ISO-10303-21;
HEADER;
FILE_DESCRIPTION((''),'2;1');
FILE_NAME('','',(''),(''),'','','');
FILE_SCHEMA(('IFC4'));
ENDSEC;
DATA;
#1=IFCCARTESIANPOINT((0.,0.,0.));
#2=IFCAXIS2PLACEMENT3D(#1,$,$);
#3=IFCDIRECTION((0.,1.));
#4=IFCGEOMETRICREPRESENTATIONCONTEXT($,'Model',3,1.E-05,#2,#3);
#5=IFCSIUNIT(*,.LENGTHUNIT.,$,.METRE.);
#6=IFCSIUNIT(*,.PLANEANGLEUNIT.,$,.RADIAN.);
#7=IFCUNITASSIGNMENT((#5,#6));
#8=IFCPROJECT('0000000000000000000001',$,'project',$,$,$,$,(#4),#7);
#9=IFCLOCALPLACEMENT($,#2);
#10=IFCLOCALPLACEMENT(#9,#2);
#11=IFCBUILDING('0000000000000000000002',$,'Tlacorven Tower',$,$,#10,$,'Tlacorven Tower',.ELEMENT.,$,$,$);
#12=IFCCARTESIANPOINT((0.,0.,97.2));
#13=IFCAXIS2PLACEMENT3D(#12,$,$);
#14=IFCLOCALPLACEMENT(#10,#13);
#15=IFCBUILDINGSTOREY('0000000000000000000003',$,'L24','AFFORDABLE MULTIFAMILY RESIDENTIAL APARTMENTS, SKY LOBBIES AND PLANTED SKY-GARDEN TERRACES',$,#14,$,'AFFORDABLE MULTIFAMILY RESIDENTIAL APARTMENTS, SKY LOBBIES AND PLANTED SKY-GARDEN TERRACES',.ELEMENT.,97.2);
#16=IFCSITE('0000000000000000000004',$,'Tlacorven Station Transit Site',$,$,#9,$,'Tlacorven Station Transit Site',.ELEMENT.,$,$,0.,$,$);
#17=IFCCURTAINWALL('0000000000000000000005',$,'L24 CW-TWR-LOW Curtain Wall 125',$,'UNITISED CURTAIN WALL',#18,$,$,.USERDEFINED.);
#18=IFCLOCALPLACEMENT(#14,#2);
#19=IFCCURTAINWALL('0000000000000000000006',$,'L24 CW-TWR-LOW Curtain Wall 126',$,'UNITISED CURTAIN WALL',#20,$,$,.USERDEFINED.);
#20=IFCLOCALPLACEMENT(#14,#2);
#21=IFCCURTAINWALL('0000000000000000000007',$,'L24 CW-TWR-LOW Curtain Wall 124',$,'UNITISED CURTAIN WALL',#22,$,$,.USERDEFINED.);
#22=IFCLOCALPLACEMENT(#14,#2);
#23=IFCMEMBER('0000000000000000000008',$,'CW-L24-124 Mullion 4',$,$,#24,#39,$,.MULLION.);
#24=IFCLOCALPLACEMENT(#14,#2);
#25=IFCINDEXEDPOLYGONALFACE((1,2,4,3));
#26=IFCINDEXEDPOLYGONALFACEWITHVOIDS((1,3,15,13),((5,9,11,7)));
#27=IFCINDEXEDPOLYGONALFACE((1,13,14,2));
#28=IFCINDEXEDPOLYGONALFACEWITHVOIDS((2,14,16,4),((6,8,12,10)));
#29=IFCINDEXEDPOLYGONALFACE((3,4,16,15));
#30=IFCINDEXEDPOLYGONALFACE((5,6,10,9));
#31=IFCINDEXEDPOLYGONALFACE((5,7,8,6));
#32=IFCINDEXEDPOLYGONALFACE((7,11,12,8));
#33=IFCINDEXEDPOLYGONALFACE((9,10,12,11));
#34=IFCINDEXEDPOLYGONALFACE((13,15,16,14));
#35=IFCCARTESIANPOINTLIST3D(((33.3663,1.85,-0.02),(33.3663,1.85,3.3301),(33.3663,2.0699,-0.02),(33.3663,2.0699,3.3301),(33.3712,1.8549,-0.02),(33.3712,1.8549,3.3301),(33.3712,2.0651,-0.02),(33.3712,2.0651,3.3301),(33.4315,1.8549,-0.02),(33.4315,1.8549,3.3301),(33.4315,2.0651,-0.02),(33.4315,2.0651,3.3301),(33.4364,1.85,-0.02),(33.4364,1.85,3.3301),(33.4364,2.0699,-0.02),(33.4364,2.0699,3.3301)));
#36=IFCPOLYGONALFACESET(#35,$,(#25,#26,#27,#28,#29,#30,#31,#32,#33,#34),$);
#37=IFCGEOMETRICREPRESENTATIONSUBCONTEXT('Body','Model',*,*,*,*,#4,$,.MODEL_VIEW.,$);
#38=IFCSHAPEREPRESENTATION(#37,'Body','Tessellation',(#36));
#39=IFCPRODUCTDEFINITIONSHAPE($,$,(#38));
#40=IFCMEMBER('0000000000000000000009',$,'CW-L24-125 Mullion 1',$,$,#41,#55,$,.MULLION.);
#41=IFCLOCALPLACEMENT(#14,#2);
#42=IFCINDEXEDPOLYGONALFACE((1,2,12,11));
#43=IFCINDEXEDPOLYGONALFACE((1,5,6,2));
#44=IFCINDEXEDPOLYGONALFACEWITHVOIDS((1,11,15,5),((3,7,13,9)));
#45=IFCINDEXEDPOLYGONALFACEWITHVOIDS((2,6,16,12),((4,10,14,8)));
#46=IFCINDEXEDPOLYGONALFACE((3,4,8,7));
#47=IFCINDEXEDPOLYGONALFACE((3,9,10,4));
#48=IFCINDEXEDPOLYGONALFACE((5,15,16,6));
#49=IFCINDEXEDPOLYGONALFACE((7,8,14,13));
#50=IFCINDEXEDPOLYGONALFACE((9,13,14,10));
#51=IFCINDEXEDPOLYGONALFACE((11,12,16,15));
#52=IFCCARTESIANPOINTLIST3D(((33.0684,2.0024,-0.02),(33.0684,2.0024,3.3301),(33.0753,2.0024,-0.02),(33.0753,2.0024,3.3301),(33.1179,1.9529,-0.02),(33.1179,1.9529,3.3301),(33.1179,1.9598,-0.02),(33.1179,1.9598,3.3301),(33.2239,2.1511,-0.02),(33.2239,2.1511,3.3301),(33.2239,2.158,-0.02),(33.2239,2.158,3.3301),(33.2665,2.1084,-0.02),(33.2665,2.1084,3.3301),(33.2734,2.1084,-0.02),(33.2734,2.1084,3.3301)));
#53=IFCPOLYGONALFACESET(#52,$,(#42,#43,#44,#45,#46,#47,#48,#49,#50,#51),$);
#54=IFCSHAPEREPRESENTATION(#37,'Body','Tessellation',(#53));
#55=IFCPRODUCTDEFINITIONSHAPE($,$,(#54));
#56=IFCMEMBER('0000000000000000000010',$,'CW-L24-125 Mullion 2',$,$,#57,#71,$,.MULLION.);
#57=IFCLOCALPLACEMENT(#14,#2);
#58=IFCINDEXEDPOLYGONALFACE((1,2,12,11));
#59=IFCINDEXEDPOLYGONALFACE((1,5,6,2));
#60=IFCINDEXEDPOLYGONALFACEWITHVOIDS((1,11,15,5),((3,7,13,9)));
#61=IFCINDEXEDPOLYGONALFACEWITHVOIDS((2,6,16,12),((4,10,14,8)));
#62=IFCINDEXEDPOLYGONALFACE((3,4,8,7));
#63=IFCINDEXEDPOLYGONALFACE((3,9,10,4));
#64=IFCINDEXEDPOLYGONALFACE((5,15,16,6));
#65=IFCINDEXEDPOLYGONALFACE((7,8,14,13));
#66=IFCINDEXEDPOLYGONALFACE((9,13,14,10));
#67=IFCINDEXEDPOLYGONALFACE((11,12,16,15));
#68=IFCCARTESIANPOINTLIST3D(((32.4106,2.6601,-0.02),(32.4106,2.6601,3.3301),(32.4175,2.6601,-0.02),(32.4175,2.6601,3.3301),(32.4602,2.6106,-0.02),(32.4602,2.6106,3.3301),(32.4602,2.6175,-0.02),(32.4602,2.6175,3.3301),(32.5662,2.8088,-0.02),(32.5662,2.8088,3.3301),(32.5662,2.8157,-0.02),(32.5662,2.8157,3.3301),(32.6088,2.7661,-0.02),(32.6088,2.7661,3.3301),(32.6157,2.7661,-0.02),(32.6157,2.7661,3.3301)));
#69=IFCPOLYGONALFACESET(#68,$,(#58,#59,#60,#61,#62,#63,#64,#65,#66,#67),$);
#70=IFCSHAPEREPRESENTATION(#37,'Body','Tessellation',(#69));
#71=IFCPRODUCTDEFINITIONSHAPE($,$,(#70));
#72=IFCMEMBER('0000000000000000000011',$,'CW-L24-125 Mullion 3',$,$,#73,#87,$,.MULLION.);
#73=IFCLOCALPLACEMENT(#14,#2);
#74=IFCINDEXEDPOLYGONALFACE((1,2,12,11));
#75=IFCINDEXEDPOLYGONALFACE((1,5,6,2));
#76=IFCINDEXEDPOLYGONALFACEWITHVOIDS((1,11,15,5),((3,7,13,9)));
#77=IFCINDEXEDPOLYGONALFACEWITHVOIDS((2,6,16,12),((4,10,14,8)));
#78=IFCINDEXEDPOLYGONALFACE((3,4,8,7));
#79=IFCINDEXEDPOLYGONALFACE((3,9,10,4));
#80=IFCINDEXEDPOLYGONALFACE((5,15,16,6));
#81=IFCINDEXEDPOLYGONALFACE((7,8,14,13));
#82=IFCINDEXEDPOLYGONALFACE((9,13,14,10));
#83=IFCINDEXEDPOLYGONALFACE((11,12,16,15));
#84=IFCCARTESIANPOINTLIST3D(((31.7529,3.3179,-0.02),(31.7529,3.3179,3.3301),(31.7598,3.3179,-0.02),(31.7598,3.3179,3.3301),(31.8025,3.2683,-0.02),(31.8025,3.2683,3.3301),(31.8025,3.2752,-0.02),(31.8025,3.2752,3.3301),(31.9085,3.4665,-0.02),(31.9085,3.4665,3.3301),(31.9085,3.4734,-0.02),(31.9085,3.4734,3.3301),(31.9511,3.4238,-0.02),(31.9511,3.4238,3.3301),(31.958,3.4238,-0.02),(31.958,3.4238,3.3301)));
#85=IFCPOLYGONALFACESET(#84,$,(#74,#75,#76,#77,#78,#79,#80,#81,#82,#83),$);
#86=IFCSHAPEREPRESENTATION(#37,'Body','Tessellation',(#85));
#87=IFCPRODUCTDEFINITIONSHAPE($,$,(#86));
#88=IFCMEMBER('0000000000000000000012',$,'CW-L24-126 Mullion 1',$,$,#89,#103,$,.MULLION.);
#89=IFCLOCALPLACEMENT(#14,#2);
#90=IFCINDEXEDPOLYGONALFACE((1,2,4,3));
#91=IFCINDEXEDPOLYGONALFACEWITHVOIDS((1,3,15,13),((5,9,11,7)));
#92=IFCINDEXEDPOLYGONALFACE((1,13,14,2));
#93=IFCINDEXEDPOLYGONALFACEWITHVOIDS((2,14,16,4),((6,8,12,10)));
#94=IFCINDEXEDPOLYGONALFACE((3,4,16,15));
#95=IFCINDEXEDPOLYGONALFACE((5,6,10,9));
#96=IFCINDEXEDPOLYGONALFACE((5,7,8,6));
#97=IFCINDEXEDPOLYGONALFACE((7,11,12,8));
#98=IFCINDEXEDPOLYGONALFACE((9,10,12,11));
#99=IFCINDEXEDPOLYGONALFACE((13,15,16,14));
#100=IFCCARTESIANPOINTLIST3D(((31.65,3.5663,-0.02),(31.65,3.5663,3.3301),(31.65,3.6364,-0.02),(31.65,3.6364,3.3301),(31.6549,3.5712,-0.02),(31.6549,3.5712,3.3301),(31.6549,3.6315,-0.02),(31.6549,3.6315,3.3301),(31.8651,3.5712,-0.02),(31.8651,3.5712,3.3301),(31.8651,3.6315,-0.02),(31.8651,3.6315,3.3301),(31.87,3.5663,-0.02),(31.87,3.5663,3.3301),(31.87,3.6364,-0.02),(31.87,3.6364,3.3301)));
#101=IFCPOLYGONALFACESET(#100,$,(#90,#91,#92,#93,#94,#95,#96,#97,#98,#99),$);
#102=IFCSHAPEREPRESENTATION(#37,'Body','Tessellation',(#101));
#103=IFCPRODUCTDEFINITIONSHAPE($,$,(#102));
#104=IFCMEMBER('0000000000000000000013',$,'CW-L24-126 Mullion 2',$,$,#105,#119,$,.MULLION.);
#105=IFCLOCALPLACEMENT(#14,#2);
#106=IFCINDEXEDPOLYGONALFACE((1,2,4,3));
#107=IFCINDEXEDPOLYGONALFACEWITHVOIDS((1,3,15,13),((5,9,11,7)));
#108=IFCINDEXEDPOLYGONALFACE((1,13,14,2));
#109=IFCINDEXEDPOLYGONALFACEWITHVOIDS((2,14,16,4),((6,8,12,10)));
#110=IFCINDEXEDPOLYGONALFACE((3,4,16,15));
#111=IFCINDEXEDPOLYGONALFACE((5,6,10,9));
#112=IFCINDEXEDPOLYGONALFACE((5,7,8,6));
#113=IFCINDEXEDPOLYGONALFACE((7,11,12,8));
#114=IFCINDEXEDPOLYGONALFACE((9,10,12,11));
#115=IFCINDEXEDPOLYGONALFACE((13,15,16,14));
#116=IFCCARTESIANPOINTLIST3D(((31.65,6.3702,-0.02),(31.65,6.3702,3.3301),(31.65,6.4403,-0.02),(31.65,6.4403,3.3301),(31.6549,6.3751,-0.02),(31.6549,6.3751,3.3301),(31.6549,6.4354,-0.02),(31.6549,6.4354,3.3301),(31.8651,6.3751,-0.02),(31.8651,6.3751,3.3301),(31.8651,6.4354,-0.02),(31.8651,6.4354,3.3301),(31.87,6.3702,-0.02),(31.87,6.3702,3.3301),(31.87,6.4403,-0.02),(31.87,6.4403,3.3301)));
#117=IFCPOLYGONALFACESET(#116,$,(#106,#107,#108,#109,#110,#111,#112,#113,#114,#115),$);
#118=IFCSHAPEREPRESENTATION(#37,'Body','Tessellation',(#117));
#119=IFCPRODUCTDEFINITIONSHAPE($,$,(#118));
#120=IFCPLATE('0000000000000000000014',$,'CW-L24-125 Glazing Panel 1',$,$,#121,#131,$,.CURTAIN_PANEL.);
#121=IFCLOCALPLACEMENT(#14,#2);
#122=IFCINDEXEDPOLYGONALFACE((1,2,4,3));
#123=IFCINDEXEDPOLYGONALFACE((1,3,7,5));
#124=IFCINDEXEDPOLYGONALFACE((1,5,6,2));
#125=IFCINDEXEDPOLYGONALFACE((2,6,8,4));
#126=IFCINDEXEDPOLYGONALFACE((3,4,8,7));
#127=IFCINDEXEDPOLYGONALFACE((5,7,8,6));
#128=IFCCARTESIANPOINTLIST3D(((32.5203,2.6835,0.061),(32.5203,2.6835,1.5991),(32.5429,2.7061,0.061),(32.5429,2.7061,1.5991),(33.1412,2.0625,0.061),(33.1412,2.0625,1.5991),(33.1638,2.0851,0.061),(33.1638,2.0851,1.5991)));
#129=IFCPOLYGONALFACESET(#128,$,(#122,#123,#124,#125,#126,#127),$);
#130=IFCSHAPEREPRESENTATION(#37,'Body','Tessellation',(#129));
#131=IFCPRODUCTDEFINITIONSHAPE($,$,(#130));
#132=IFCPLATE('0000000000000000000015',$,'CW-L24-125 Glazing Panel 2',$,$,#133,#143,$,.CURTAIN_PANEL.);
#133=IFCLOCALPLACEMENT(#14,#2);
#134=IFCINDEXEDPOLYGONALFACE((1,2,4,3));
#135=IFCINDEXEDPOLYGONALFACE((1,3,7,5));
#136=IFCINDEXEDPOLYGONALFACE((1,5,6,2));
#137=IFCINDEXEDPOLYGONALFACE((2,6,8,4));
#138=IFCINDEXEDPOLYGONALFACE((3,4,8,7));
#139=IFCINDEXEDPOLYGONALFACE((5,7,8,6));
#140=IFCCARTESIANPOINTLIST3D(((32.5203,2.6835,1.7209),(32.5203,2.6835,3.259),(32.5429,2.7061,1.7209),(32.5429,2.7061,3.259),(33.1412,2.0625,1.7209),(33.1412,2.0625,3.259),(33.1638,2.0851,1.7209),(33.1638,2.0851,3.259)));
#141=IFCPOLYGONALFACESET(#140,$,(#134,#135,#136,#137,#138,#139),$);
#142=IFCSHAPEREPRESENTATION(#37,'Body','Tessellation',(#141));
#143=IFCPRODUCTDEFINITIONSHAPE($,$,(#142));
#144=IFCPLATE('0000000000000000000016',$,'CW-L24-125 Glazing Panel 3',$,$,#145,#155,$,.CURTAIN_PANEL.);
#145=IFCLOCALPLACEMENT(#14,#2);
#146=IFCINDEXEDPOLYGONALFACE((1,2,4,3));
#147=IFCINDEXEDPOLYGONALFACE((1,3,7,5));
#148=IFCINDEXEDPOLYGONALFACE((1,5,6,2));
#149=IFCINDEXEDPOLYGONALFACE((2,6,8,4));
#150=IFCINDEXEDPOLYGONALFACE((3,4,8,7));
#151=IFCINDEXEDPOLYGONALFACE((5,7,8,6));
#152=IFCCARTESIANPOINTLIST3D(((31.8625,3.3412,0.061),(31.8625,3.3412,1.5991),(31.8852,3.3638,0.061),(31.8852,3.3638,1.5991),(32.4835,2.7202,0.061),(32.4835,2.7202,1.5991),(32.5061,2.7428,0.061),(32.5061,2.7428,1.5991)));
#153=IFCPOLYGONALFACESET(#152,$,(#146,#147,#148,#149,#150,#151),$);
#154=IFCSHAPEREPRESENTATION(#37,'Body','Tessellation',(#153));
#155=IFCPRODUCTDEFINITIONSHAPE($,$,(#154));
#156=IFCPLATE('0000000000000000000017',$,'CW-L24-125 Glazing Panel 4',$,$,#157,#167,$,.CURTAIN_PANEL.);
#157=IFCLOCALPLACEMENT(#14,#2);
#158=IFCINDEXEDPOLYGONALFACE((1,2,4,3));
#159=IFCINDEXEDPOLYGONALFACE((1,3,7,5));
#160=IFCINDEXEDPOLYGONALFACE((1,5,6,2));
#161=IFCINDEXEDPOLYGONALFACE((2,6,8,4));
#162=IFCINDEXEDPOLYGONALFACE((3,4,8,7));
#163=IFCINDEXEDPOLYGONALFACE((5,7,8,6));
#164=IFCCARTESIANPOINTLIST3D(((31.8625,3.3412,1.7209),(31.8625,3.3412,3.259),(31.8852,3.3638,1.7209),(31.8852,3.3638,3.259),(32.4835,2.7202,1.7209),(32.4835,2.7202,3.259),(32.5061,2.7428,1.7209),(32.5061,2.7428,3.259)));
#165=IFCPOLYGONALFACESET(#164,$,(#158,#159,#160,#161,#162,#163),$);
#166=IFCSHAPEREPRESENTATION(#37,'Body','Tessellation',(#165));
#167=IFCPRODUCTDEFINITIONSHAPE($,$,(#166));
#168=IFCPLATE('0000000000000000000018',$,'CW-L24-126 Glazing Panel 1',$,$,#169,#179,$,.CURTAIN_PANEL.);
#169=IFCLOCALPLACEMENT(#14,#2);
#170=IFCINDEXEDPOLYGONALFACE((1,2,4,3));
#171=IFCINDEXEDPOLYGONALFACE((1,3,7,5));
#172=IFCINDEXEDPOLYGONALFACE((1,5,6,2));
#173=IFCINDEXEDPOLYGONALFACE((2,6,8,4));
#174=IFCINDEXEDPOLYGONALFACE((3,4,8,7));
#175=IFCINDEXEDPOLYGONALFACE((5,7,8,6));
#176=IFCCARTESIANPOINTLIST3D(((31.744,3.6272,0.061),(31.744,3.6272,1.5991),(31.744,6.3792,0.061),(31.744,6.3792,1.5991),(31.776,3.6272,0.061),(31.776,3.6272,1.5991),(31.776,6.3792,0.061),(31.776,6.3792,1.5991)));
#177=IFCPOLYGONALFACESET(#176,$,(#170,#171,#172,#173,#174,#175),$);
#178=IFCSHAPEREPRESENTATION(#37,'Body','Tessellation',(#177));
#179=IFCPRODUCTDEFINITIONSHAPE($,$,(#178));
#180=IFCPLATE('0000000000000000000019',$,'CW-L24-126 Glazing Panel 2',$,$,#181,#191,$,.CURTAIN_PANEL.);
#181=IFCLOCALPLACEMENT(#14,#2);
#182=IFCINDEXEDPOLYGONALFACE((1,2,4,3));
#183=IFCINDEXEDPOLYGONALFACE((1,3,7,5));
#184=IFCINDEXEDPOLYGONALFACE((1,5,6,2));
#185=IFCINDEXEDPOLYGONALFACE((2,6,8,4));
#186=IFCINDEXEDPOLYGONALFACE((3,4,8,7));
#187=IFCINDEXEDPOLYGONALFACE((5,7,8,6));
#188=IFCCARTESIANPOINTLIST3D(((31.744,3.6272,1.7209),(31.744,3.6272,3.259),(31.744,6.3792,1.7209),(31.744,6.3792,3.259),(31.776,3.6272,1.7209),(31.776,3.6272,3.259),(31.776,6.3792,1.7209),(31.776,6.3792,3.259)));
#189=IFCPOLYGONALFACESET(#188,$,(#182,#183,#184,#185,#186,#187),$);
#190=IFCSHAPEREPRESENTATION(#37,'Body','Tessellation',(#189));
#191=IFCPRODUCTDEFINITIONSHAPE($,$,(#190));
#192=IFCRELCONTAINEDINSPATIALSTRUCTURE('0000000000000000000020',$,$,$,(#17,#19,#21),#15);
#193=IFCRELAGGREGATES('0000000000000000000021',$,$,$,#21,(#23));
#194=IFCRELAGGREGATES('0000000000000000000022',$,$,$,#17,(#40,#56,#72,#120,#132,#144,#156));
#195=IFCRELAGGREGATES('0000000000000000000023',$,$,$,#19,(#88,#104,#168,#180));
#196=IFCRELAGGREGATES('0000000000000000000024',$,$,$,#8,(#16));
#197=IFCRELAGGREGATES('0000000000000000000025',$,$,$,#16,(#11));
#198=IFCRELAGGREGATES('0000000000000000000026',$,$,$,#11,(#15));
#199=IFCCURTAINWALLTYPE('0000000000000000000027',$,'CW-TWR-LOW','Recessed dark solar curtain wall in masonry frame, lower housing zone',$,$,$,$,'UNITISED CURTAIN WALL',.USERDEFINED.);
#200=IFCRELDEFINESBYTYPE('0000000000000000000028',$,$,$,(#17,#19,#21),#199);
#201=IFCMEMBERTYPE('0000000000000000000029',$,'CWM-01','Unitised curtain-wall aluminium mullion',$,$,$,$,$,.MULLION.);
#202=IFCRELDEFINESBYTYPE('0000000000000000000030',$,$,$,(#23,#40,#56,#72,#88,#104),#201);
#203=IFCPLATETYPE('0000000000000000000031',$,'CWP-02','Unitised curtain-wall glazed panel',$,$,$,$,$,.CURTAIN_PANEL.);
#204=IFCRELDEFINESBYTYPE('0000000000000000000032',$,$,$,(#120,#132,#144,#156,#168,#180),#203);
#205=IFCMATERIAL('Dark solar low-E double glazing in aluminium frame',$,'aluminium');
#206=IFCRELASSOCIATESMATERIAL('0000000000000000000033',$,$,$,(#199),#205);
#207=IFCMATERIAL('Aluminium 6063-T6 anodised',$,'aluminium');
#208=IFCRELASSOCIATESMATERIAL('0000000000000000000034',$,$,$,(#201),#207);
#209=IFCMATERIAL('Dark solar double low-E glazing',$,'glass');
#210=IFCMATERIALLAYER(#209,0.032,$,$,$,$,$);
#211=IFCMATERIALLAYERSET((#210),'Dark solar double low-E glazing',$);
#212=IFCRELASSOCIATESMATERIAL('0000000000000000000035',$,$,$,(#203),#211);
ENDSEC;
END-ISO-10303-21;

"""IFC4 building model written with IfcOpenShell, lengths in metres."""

from ifc_helpers import new_model, si_unit, direction, frame, origin, origin_2d, place, context, subcontext, project, spatial, rectangle, hollow_rectangle, extrude, source, transform, mapped, material, layer, layer_set, material_profile, profile_set, type_object, element, aggregate, save


model = new_model("IFC4")

# Units and contexts
model_context = context("Model", 3, precision=1e-05, world=origin(), true_north=direction((0.0, 1.0)))
body_context = subcontext(model_context, "Body", "Model", "MODEL_VIEW")
ifc_project = project(units=[si_unit("LENGTHUNIT", "METRE"), si_unit("PLANEANGLEUNIT", "RADIAN")], contexts=[model_context])

# Site, building, storey
site_placement = place(None, origin())
site = spatial("IfcSite", under=ifc_project, at=site_placement, Name="Tlacorven Station Transit Site", LongName="Tlacorven Station Transit Site", CompositionType="ELEMENT", RefElevation=0.0)
building_placement = place(site_placement, origin())
building = spatial("IfcBuilding", under=site, at=building_placement, Name="Tlacorven Tower", LongName="Tlacorven Tower", CompositionType="ELEMENT")
storey_placement = place(building_placement, frame((0.0, 0.0, 97.2)))
storey = spatial("IfcBuildingStorey", under=building, at=storey_placement, Name="L24", Description="AFFORDABLE MULTIFAMILY RESIDENTIAL APARTMENTS, SKY LOBBIES AND PLANTED SKY-GARDEN TERRACES", LongName="AFFORDABLE MULTIFAMILY RESIDENTIAL APARTMENTS, SKY LOBBIES AND PLANTED SKY-GARDEN TERRACES", CompositionType="ELEMENT", Elevation=97.2)

# Curtain walls
ifc_material_1 = material(Name="Dark solar low-E double glazing in aluminium frame", Category="aluminium")
curtain_wall_type = type_object("IfcCurtainWallType", Name="CW-TWR-LOW", Description="Recessed dark solar curtain wall in masonry frame, lower housing zone", ElementType="UNITISED CURTAIN WALL", PredefinedType="USERDEFINED", material=ifc_material_1)
curtain_wall_1_placement = place(storey_placement, origin())
curtain_wall_1 = element("IfcCurtainWall", 1, at=curtain_wall_1_placement, inside=storey, type_object=curtain_wall_type, Name="L24 CW-TWR-LOW Curtain Wall 125", ObjectType="UNITISED CURTAIN WALL", PredefinedType="USERDEFINED")
ifc_material_2 = material(Name="Aluminium 6063-T6 anodised", Category="aluminium")
curtain_wall_2_placement = place(storey_placement, origin())
curtain_wall_2 = element("IfcCurtainWall", 2, at=curtain_wall_2_placement, inside=storey, type_object=curtain_wall_type, Name="L24 CW-TWR-LOW Curtain Wall 126", ObjectType="UNITISED CURTAIN WALL", PredefinedType="USERDEFINED")

# Curtain wall, member
curtain_wall_3_placement = place(storey_placement, origin())
curtain_wall_3 = element("IfcCurtainWall", 3, at=curtain_wall_3_placement, inside=storey, type_object=curtain_wall_type, Name="L24 CW-TWR-LOW Curtain Wall 124", ObjectType="UNITISED CURTAIN WALL", PredefinedType="USERDEFINED")
ifc_material_profile_1 = material_profile(ifc_material_2, hollow_rectangle(XDim=0.0701, YDim=0.22, WallThickness=0.0049, at=origin_2d()), Name="ALU MULLION 70X220")
ifc_profile_set_1 = profile_set([ifc_material_profile_1], Name="Aluminium 6063-T6 anodised")
member_type_1 = type_object("IfcMemberType", Name="CWM-01", Description="Unitised curtain-wall aluminium mullion", PredefinedType="MULLION", material=ifc_profile_set_1)
shared_shape_1 = source(origin(), body_context, "Body", "SweptSolid", [
    extrude(hollow_rectangle(XDim=0.0701, YDim=0.22, WallThickness=0.0049, at=origin_2d()), origin(), (0.0, 0.0, 1.0), 3.3501),
])
member_1_placement = place(storey_placement, frame((33.4014, 1.96, -0.02), z_axis=(0.0, 0.0, 1.0), x_axis=(-1.0, 0.0, 0.0)))
member_1 = element("IfcMember", 4, at=member_1_placement, type_object=member_type_1, Name="CW-L24-124 Mullion 4", PredefinedType="MULLION", context=body_context, shape_type="MappedRepresentation", body=[
    mapped(shared_shape_1, transform((0.0, 0.0, 0.0), scale=1.0)),
])
aggregate(curtain_wall_3, [member_1])

# Members
member_2_placement = place(storey_placement, frame((33.1709, 2.0554, -0.02), z_axis=(0.0, 0.0, 1.0), x_axis=(-0.707107, 0.707107, 0.0)))
member_2 = element("IfcMember", 5, at=member_2_placement, type_object=member_type_1, Name="CW-L24-125 Mullion 1", PredefinedType="MULLION", context=body_context, shape_type="MappedRepresentation", body=[
    mapped(shared_shape_1, transform((0.0, 0.0, 0.0), scale=1.0)),
])
member_3_placement = place(storey_placement, frame((32.5132, 2.7131, -0.02), z_axis=(0.0, 0.0, 1.0), x_axis=(-0.707107, 0.707107, 0.0)))
member_3 = element("IfcMember", 6, at=member_3_placement, type_object=member_type_1, Name="CW-L24-125 Mullion 2", PredefinedType="MULLION", context=body_context, shape_type="MappedRepresentation", body=[
    mapped(shared_shape_1, transform((0.0, 0.0, 0.0), scale=1.0)),
])
member_4_placement = place(storey_placement, frame((31.8555, 3.3708, -0.02), z_axis=(0.0, 0.0, 1.0), x_axis=(-0.707107, 0.707107, 0.0)))
member_4 = element("IfcMember", 7, at=member_4_placement, type_object=member_type_1, Name="CW-L24-125 Mullion 3", PredefinedType="MULLION", context=body_context, shape_type="MappedRepresentation", body=[
    mapped(shared_shape_1, transform((0.0, 0.0, 0.0), scale=1.0)),
])
member_5_placement = place(storey_placement, frame((31.76, 3.6013, -0.02), z_axis=(0.0, 0.0, 1.0), x_axis=(0.0, 1.0, 0.0)))
member_5 = element("IfcMember", 8, at=member_5_placement, type_object=member_type_1, Name="CW-L24-126 Mullion 1", PredefinedType="MULLION", context=body_context, shape_type="MappedRepresentation", body=[
    mapped(shared_shape_1, transform((0.0, 0.0, 0.0), scale=1.0)),
])
member_6_placement = place(storey_placement, frame((31.76, 6.4053, -0.02), z_axis=(0.0, 0.0, 1.0), x_axis=(0.0, 1.0, 0.0)))
member_6 = element("IfcMember", 9, at=member_6_placement, type_object=member_type_1, Name="CW-L24-126 Mullion 2", PredefinedType="MULLION", context=body_context, shape_type="MappedRepresentation", body=[
    mapped(shared_shape_1, transform((0.0, 0.0, 0.0), scale=1.0)),
])

# Plates
ifc_material_3 = material(Name="Dark solar double low-E glazing", Category="glass")
ifc_layer = layer(ifc_material_3, 0.032)
ifc_layer_set = layer_set([ifc_layer], Name="Dark solar double low-E glazing")
plate_type = type_object("IfcPlateType", Name="CWP-02", Description="Unitised curtain-wall glazed panel", PredefinedType="CURTAIN_PANEL", material=ifc_layer_set)
shared_shape_2 = source(origin(), body_context, "Body", "SweptSolid", [
    extrude(rectangle(XDim=0.8782, YDim=0.032, at=origin_2d()), origin(), (0.0, 0.0, 1.0), 1.5381),
])
plate_1_placement = place(storey_placement, frame((32.842, 2.3843, 0.061), z_axis=(0.0, 0.0, 1.0), x_axis=(-0.707107, 0.707107, 0.0)))
plate_1 = element("IfcPlate", 10, at=plate_1_placement, type_object=plate_type, Name="CW-L24-125 Glazing Panel 1", PredefinedType="CURTAIN_PANEL", context=body_context, shape_type="MappedRepresentation", body=[
    mapped(shared_shape_2, transform((0.0, 0.0, 0.0), scale=1.0)),
])
plate_2_placement = place(storey_placement, frame((32.842, 2.3843, 1.7209), z_axis=(0.0, 0.0, 1.0), x_axis=(-0.707107, 0.707107, 0.0)))
plate_2 = element("IfcPlate", 11, at=plate_2_placement, type_object=plate_type, Name="CW-L24-125 Glazing Panel 2", PredefinedType="CURTAIN_PANEL", context=body_context, shape_type="MappedRepresentation", body=[
    mapped(shared_shape_2, transform((0.0, 0.0, 0.0), scale=1.0)),
])
plate_3_placement = place(storey_placement, frame((32.1843, 3.042, 0.061), z_axis=(0.0, 0.0, 1.0), x_axis=(-0.707107, 0.707107, 0.0)))
plate_3 = element("IfcPlate", 12, at=plate_3_placement, type_object=plate_type, Name="CW-L24-125 Glazing Panel 3", PredefinedType="CURTAIN_PANEL", context=body_context, shape_type="MappedRepresentation", body=[
    mapped(shared_shape_2, transform((0.0, 0.0, 0.0), scale=1.0)),
])
plate_4_placement = place(storey_placement, frame((32.1843, 3.042, 1.7209), z_axis=(0.0, 0.0, 1.0), x_axis=(-0.707107, 0.707107, 0.0)))
plate_4 = element("IfcPlate", 13, at=plate_4_placement, type_object=plate_type, Name="CW-L24-125 Glazing Panel 4", PredefinedType="CURTAIN_PANEL", context=body_context, shape_type="MappedRepresentation", body=[
    mapped(shared_shape_2, transform((0.0, 0.0, 0.0), scale=1.0)),
])
aggregate(curtain_wall_1, [member_2, member_3, member_4, plate_1, plate_2, plate_3, plate_4])
shared_shape_3 = source(origin(), body_context, "Body", "SweptSolid", [
    extrude(rectangle(XDim=2.752, YDim=0.032, at=origin_2d()), origin(), (0.0, 0.0, 1.0), 1.5381),
])
plate_5_placement = place(storey_placement, frame((31.76, 5.0032, 0.061), z_axis=(0.0, 0.0, 1.0), x_axis=(0.0, 1.0, 0.0)))
plate_5 = element("IfcPlate", 14, at=plate_5_placement, type_object=plate_type, Name="CW-L24-126 Glazing Panel 1", PredefinedType="CURTAIN_PANEL", context=body_context, shape_type="MappedRepresentation", body=[
    mapped(shared_shape_3, transform((0.0, 0.0, 0.0), scale=1.0)),
])
plate_6_placement = place(storey_placement, frame((31.76, 5.0032, 1.7209), z_axis=(0.0, 0.0, 1.0), x_axis=(0.0, 1.0, 0.0)))
plate_6 = element("IfcPlate", 15, at=plate_6_placement, type_object=plate_type, Name="CW-L24-126 Glazing Panel 2", PredefinedType="CURTAIN_PANEL", context=body_context, shape_type="MappedRepresentation", body=[
    mapped(shared_shape_3, transform((0.0, 0.0, 0.0), scale=1.0)),
])
aggregate(curtain_wall_2, [member_5, member_6, plate_5, plate_6])

save(model, "model.ifc")
